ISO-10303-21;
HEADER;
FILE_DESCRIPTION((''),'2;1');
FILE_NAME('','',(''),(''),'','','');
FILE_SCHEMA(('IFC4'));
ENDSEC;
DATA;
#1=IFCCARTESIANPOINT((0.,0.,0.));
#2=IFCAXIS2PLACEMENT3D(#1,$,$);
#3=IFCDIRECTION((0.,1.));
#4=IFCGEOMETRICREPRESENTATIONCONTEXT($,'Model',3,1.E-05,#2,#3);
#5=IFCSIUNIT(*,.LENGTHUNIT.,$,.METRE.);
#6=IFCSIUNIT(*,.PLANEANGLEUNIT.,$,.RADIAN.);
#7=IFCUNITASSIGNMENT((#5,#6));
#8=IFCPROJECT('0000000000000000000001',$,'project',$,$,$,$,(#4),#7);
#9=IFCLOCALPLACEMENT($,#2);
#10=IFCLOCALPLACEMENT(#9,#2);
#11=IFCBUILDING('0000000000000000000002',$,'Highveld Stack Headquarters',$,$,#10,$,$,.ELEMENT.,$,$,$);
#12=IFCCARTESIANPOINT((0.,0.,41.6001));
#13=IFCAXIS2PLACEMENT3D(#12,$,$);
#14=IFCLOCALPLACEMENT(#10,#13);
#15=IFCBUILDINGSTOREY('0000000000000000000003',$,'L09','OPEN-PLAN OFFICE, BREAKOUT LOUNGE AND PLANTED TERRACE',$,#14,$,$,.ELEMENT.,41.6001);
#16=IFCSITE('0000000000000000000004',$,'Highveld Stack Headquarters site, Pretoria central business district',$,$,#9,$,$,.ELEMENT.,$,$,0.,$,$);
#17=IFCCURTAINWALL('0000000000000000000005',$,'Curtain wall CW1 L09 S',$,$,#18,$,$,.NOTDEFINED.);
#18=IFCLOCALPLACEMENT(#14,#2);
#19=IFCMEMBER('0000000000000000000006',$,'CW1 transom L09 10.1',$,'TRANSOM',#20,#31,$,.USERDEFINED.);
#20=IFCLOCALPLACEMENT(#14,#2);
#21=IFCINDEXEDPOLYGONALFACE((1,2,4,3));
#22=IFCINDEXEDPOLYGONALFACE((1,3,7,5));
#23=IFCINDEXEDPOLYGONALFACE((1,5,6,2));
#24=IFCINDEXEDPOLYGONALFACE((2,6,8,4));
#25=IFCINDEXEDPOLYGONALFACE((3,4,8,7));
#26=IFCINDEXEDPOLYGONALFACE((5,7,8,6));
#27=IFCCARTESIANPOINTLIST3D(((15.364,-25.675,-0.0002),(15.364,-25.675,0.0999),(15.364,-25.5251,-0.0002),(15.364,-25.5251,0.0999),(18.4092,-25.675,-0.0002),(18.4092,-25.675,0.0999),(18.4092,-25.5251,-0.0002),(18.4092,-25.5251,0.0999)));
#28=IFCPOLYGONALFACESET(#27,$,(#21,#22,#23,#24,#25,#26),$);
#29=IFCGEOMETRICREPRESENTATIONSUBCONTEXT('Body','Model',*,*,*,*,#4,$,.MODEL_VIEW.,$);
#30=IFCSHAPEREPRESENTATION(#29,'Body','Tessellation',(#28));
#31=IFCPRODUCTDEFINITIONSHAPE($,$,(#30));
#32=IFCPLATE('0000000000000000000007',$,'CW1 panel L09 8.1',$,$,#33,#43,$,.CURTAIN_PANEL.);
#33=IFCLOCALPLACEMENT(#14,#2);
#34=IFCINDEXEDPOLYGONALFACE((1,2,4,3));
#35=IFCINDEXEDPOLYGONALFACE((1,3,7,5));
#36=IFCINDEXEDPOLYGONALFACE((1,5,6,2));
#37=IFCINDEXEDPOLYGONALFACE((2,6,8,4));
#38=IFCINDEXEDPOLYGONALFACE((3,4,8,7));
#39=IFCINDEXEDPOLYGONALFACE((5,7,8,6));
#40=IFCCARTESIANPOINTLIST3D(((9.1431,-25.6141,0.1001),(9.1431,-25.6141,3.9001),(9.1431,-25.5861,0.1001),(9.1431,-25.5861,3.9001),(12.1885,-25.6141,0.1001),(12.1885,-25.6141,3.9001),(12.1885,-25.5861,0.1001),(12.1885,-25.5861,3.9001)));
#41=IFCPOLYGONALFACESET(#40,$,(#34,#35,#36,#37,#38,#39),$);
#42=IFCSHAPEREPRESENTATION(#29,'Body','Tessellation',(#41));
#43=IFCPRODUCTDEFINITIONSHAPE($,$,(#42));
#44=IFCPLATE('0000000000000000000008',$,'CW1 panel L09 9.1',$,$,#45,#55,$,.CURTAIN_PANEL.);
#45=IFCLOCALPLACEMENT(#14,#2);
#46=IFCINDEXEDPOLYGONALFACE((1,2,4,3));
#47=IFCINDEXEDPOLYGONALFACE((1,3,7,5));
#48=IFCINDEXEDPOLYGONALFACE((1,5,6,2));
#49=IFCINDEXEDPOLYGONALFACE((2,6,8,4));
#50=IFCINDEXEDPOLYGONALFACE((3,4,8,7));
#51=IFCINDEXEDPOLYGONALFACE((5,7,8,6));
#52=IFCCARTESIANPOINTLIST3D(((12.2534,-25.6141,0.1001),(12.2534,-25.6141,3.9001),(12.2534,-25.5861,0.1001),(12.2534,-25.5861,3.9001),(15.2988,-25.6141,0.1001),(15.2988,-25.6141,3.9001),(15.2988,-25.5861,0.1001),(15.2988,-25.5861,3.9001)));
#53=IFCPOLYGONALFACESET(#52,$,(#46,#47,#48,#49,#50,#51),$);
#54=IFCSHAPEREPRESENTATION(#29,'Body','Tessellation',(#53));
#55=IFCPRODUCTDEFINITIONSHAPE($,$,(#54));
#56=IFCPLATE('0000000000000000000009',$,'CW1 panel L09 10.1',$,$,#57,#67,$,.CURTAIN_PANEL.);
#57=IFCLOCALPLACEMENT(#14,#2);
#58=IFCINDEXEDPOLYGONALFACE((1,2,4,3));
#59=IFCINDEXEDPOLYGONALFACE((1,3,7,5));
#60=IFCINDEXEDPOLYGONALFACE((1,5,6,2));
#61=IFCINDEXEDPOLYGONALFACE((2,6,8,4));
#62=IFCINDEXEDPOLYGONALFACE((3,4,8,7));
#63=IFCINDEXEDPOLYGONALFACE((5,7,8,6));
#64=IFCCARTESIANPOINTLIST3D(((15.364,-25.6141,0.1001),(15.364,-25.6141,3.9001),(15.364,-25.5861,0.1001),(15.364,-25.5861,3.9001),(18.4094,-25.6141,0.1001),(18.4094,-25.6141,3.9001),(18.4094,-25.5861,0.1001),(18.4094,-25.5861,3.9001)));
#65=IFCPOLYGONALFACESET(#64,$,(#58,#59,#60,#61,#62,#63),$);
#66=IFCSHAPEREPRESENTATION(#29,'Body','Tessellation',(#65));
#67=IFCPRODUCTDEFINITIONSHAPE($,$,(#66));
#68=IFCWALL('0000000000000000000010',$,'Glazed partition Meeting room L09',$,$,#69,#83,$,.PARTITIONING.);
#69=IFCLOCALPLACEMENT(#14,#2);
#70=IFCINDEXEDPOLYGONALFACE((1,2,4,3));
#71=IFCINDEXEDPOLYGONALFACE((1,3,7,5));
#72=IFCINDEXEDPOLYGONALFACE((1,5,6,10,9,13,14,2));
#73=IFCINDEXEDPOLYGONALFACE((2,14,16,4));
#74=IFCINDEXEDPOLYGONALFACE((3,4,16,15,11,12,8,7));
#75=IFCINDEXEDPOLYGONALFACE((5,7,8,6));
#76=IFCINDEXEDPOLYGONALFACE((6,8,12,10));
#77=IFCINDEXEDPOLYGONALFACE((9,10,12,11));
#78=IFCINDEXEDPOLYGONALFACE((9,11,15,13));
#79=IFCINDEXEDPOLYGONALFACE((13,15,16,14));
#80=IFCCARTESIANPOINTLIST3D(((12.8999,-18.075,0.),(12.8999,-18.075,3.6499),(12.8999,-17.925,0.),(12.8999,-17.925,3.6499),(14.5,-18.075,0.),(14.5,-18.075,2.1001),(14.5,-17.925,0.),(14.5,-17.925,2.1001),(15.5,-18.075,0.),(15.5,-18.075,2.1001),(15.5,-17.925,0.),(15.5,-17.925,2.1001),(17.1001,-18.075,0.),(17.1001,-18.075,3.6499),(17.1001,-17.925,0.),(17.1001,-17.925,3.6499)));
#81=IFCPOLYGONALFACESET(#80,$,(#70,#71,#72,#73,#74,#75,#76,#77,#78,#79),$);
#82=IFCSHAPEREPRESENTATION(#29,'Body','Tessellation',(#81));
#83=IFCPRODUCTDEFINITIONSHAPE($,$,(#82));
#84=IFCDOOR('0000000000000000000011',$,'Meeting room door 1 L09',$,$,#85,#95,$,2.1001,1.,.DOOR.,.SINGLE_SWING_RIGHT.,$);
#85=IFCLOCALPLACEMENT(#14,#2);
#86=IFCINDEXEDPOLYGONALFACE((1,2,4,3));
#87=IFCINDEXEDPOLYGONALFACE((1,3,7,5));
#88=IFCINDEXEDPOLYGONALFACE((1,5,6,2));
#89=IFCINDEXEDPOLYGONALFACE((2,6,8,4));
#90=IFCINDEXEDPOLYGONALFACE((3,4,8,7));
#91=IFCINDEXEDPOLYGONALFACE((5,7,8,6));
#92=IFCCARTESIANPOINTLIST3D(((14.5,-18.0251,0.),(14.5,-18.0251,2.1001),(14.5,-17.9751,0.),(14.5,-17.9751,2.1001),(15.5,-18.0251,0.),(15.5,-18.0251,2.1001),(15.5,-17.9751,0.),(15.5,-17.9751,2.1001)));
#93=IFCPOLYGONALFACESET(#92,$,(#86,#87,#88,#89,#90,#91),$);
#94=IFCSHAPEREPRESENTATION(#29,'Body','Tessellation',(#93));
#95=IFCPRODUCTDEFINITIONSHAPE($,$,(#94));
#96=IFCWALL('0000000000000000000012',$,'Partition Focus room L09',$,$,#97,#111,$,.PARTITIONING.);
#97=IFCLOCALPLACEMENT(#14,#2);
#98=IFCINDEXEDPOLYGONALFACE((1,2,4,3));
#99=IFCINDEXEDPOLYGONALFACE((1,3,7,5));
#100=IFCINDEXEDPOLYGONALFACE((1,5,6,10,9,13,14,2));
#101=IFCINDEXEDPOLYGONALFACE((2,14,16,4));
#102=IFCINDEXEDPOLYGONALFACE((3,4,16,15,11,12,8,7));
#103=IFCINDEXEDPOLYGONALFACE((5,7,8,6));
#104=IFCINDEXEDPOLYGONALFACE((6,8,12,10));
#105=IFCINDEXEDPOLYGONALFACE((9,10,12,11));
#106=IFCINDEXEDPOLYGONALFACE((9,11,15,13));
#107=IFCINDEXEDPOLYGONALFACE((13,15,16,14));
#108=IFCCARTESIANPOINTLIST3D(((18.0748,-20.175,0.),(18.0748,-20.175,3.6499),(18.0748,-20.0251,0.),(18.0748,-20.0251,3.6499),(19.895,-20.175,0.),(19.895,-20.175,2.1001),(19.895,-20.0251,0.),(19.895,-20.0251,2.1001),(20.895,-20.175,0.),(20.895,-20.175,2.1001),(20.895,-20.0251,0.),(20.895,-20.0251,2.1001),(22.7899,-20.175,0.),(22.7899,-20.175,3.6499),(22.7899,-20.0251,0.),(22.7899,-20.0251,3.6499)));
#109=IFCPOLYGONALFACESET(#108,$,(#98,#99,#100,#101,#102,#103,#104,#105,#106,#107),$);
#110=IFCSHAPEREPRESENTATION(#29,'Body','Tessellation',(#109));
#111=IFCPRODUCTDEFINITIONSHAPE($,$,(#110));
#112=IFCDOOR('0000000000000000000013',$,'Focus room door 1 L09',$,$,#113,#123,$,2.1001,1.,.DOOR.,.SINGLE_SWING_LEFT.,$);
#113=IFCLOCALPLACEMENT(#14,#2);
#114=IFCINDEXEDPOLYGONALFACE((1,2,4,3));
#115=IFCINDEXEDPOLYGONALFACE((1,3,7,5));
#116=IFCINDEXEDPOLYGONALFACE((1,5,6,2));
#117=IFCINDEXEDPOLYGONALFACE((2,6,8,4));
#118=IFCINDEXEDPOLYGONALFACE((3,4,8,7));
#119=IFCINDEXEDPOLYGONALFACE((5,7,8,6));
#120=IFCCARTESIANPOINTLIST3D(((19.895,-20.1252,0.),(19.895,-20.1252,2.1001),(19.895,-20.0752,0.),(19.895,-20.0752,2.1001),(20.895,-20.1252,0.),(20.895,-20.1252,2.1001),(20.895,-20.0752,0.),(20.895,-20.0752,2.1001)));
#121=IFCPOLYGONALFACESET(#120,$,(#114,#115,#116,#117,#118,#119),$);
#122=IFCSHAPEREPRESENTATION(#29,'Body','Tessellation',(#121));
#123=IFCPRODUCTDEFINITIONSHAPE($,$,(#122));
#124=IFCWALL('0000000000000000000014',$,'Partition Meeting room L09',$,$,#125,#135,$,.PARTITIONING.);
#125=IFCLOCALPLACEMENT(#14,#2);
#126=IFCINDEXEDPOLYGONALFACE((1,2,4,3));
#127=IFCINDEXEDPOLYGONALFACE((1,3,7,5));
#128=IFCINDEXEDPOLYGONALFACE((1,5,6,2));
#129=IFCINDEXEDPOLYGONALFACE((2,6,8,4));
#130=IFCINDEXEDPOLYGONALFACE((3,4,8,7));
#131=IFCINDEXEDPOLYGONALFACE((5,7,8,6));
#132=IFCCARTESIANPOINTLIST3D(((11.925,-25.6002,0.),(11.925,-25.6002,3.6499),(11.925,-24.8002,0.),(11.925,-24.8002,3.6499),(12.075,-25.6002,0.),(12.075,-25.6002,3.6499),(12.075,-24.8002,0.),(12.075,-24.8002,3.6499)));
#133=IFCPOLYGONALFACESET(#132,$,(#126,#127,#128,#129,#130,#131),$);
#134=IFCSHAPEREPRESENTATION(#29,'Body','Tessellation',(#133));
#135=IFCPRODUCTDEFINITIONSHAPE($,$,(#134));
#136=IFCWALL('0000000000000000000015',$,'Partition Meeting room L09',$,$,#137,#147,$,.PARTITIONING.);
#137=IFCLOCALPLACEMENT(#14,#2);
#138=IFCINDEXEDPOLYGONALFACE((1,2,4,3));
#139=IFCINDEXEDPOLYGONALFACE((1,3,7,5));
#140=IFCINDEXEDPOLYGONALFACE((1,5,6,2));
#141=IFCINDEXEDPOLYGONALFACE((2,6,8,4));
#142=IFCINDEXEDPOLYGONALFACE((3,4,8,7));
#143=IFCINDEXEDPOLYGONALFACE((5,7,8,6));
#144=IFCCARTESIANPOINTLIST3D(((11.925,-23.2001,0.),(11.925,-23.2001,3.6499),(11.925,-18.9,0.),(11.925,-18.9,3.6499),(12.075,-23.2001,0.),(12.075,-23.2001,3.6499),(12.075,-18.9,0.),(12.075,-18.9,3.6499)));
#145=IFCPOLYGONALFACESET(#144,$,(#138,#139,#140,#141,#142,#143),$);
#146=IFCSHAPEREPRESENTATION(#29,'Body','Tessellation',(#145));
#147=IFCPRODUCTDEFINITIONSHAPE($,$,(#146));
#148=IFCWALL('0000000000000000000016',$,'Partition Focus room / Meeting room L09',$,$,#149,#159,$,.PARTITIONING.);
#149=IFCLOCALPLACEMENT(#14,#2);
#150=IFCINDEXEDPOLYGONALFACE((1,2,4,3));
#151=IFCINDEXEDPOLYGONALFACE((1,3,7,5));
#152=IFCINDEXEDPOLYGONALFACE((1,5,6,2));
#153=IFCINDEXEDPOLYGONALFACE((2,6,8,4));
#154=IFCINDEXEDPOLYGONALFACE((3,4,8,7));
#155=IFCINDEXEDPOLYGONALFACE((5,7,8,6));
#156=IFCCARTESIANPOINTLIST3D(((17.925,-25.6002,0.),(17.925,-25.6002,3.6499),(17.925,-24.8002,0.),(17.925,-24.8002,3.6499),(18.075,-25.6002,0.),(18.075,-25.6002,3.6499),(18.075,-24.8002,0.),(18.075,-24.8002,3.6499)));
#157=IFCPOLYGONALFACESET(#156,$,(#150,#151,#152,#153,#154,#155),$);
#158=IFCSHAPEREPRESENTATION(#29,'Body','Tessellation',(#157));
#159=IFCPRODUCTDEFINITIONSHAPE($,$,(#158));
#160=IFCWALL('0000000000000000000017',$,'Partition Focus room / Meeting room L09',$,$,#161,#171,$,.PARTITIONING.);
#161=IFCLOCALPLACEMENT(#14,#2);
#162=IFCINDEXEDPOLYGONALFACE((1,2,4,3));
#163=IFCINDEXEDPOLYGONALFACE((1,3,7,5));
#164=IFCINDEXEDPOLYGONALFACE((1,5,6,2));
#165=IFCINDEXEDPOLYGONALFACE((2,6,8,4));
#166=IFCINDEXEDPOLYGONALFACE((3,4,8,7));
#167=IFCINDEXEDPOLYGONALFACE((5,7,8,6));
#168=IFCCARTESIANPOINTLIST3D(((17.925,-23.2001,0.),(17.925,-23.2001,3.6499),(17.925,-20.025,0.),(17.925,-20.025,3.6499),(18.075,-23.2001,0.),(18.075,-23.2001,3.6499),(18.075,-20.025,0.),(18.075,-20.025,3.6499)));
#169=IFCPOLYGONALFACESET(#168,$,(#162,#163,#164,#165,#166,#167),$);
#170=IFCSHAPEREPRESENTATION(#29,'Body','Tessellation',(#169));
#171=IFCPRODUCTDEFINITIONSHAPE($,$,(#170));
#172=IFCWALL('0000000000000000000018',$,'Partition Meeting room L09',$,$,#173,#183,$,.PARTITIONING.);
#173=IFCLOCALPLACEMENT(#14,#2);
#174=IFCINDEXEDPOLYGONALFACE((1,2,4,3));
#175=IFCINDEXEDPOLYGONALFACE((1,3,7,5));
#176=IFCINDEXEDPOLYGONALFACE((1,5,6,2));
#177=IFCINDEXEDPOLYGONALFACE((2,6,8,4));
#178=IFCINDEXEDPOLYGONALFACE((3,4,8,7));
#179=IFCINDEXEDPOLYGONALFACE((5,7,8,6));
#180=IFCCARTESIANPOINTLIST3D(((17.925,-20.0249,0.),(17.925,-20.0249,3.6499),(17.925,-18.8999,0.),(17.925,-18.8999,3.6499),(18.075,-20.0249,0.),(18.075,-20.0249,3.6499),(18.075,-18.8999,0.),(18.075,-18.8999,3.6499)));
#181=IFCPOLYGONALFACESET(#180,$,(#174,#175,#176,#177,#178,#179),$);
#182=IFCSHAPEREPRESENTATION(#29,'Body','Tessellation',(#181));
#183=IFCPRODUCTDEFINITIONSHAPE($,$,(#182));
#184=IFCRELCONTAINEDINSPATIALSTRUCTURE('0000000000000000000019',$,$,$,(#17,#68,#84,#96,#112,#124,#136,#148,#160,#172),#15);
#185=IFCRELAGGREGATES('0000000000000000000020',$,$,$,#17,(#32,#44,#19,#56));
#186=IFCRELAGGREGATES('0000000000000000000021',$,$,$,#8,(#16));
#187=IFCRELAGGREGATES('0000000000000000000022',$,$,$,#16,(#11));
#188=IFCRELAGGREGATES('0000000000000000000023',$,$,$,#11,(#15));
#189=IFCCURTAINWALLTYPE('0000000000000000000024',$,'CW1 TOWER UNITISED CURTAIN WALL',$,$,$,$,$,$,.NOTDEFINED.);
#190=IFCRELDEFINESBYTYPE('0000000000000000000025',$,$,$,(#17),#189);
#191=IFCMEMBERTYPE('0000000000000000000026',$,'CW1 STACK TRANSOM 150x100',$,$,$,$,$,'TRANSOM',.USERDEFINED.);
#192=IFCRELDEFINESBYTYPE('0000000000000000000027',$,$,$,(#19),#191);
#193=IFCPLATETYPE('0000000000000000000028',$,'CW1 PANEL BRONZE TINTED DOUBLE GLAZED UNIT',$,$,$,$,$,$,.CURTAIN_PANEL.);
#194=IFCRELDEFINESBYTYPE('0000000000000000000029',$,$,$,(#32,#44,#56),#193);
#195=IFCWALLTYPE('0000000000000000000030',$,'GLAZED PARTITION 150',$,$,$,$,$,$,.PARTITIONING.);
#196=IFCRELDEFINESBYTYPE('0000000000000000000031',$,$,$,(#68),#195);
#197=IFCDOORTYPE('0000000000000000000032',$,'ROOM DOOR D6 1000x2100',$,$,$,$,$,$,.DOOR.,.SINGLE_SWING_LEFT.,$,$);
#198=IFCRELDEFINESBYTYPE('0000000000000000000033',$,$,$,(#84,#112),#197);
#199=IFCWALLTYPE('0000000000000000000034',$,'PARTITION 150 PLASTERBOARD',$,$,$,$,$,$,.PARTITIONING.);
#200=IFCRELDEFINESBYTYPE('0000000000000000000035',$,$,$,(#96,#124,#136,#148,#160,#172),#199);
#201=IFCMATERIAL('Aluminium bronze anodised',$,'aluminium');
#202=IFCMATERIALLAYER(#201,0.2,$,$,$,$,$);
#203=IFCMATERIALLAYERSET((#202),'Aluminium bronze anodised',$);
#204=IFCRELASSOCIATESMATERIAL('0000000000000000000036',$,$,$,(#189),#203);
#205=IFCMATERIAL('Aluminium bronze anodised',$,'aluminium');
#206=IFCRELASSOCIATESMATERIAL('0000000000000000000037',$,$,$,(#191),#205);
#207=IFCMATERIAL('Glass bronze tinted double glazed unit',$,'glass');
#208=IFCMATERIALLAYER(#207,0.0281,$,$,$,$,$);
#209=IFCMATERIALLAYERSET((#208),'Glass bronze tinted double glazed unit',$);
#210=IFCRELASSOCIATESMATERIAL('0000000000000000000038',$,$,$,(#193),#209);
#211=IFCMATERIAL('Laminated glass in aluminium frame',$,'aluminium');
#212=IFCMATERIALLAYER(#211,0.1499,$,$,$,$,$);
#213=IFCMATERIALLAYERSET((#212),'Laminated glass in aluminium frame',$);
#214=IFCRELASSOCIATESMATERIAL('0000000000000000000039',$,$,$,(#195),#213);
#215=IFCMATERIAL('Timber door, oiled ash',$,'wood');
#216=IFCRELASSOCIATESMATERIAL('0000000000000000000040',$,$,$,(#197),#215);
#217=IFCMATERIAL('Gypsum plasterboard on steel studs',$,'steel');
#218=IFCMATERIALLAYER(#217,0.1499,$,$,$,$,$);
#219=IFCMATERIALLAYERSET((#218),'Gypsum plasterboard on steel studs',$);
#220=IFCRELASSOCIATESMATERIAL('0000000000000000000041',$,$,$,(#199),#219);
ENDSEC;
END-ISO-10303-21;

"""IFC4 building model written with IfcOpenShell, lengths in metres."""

from ifc_helpers import new_model, si_unit, direction, frame, frame_2d, origin, origin_2d, place, context, subcontext, project, spatial, rectangle, extrude, material, layer, layer_set, material_profile, profile_set, type_object, element, fill, aggregate, save


model = new_model("IFC4")

# Units and contexts
model_context = context("Model", 3, precision=1e-05, world=origin(), true_north=direction((0.0, 1.0)))
body_context = subcontext(model_context, "Body", "Model", "MODEL_VIEW")
ifc_project = project(units=[si_unit("LENGTHUNIT", "METRE"), si_unit("PLANEANGLEUNIT", "RADIAN")], contexts=[model_context])

# Site, building, storey
site_placement = place(None, origin())
site = spatial("IfcSite", under=ifc_project, at=site_placement, Name="Highveld Stack Headquarters site, Pretoria central business district", CompositionType="ELEMENT", RefElevation=0.0)
building_placement = place(site_placement, origin())
building = spatial("IfcBuilding", under=site, at=building_placement, Name="Highveld Stack Headquarters", CompositionType="ELEMENT")
storey_placement = place(building_placement, frame((0.0, 0.0, 41.6001)))
storey = spatial("IfcBuildingStorey", under=building, at=storey_placement, Name="L09", Description="OPEN-PLAN OFFICE, BREAKOUT LOUNGE AND PLANTED TERRACE", CompositionType="ELEMENT", Elevation=41.6001)

# Curtain wall, member, plates
ifc_material_1 = material(Name="Aluminium bronze anodised", Category="aluminium")
ifc_layer_1 = layer(ifc_material_1, 0.2)
ifc_layer_set_1 = layer_set([ifc_layer_1], Name="Aluminium bronze anodised")
curtain_wall_type = type_object("IfcCurtainWallType", Name="CW1 TOWER UNITISED CURTAIN WALL", PredefinedType="NOTDEFINED", material=ifc_layer_set_1)
curtain_wall_placement = place(storey_placement, origin())
curtain_wall = element("IfcCurtainWall", 1, at=curtain_wall_placement, inside=storey, type_object=curtain_wall_type, Name="Curtain wall CW1 L09 S", PredefinedType="NOTDEFINED")
ifc_material_2 = material(Name="Aluminium bronze anodised", Category="aluminium")
ifc_material_profile_1 = material_profile(ifc_material_2, rectangle(XDim=0.1499, YDim=0.1001, at=origin_2d()), Name="CW1 TRANSOM 150x100")
ifc_profile_set_1 = profile_set([ifc_material_profile_1], Name="Aluminium bronze anodised")
member_type_1 = type_object("IfcMemberType", Name="CW1 STACK TRANSOM 150x100", ElementType="TRANSOM", PredefinedType="USERDEFINED", material=ifc_profile_set_1)
member_1_placement = place(storey_placement, frame((15.364, -25.6001, 0.0498), z_axis=(1.0, 0.0, 0.0), x_axis=(0.0, 1.0, 0.0)))
member_1 = element("IfcMember", 2, at=member_1_placement, type_object=member_type_1, Name="CW1 transom L09 10.1", ObjectType="TRANSOM", PredefinedType="USERDEFINED", context=body_context, shape_type="SweptSolid", body=[
    extrude(rectangle(XDim=0.1499, YDim=0.1001, at=origin_2d()), origin(), (0.0, 0.0, 1.0), 3.0452),
])
ifc_material_3 = material(Name="Glass bronze tinted double glazed unit", Category="glass")
ifc_layer_2 = layer(ifc_material_3, 0.0281)
ifc_layer_set_2 = layer_set([ifc_layer_2], Name="Glass bronze tinted double glazed unit")
plate_type = type_object("IfcPlateType", Name="CW1 PANEL BRONZE TINTED DOUBLE GLAZED UNIT", PredefinedType="CURTAIN_PANEL", material=ifc_layer_set_2)
plate_1_placement = place(storey_placement, frame((10.6658, -25.6001, 0.1001), z_axis=(0.0, 0.0, 1.0), x_axis=(1.0, 0.0, 0.0)))
plate_1 = element("IfcPlate", 3, at=plate_1_placement, type_object=plate_type, Name="CW1 panel L09 8.1", PredefinedType="CURTAIN_PANEL", context=body_context, shape_type="SweptSolid", body=[
    extrude(rectangle(XDim=3.0454, YDim=0.0281, at=origin_2d()), origin(), (0.0, 0.0, 1.0), 3.8),
])
plate_2_placement = place(storey_placement, frame((13.7761, -25.6001, 0.1001), z_axis=(0.0, 0.0, 1.0), x_axis=(1.0, 0.0, 0.0)))
plate_2 = element("IfcPlate", 4, at=plate_2_placement, type_object=plate_type, Name="CW1 panel L09 9.1", PredefinedType="CURTAIN_PANEL", context=body_context, shape_type="SweptSolid", body=[
    extrude(rectangle(XDim=3.0454, YDim=0.0281, at=origin_2d()), origin(), (0.0, 0.0, 1.0), 3.8),
])
plate_3_placement = place(storey_placement, frame((16.8867, -25.6001, 0.1001), z_axis=(0.0, 0.0, 1.0), x_axis=(1.0, 0.0, 0.0)))
plate_3 = element("IfcPlate", 5, at=plate_3_placement, type_object=plate_type, Name="CW1 panel L09 10.1", PredefinedType="CURTAIN_PANEL", context=body_context, shape_type="SweptSolid", body=[
    extrude(rectangle(XDim=3.0454, YDim=0.0281, at=origin_2d()), origin(), (0.0, 0.0, 1.0), 3.8),
])
aggregate(curtain_wall, [plate_1, plate_2, member_1, plate_3])

# Walls, openings, doors
ifc_material_4 = material(Name="Laminated glass in aluminium frame", Category="aluminium")
ifc_layer_3 = layer(ifc_material_4, 0.1499)
ifc_layer_set_3 = layer_set([ifc_layer_3], Name="Laminated glass in aluminium frame")
wall_type_1 = type_object("IfcWallType", Name="GLAZED PARTITION 150", PredefinedType="PARTITIONING", material=ifc_layer_set_3)
wall_1_placement = place(storey_placement, frame((12.8999, -18.0, 0.0), z_axis=(0.0, 0.0, 1.0), x_axis=(1.0, 0.0, 0.0)))
wall_1 = element("IfcWall", 6, at=wall_1_placement, inside=storey, type_object=wall_type_1, Name="Glazed partition Meeting room L09", PredefinedType="PARTITIONING", context=body_context, shape_type="SweptSolid", body=[
    extrude(rectangle(XDim=4.2002, YDim=0.1499, at=frame_2d((2.1001, 0.0))), origin(), (0.0, 0.0, 1.0), 3.6499),
])
opening_1_placement = place(wall_1_placement, frame((1.6001, 0.0, 0.0)))
opening_1 = element("IfcOpeningElement", 7, at=opening_1_placement, cuts=wall_1, PredefinedType="OPENING", context=body_context, shape_type="SweptSolid", body=[
    extrude(rectangle(XDim=1.0, YDim=2.1001, at=frame_2d((0.5, 1.05))), frame((0.0, 0.085, 0.0), z_axis=(0.0, -1.0, 0.0), x_axis=(1.0, 0.0, 0.0)), (0.0, 0.0, 1.0), 0.1699),
])
ifc_material_5 = material(Name="Timber door, oiled ash", Category="wood")
door_type = type_object("IfcDoorType", Name="ROOM DOOR D6 1000x2100", OperationType="SINGLE_SWING_LEFT", PredefinedType="DOOR", material=ifc_material_5)
door_1_placement = place(opening_1_placement, origin())
door_1 = element("IfcDoor", 8, at=door_1_placement, inside=storey, type_object=door_type, Name="Meeting room door 1 L09", OperationType="SINGLE_SWING_RIGHT", OverallHeight=2.1001, OverallWidth=1.0, PredefinedType="DOOR", context=body_context, shape_type="SweptSolid", body=[
    extrude(rectangle(XDim=1.0, YDim=2.1001, at=frame_2d((0.5, 1.05))), frame((0.0, 0.0249, 0.0), z_axis=(0.0, -1.0, 0.0), x_axis=(1.0, 0.0, 0.0)), (0.0, 0.0, 1.0), 0.05),
])
fill(opening_1, door_1)
ifc_material_6 = material(Name="Gypsum plasterboard on steel studs", Category="steel")
ifc_layer_4 = layer(ifc_material_6, 0.1499)
ifc_layer_set_4 = layer_set([ifc_layer_4], Name="Gypsum plasterboard on steel studs")
wall_type_2 = type_object("IfcWallType", Name="PARTITION 150 PLASTERBOARD", PredefinedType="PARTITIONING", material=ifc_layer_set_4)
wall_2_placement = place(storey_placement, frame((18.075, -20.1001, 0.0), z_axis=(0.0, 0.0, 1.0), x_axis=(1.0, 0.0, 0.0)))
wall_2 = element("IfcWall", 9, at=wall_2_placement, inside=storey, type_object=wall_type_2, Name="Partition Focus room L09", PredefinedType="PARTITIONING", context=body_context, shape_type="SweptSolid", body=[
    extrude(rectangle(XDim=4.7151, YDim=0.1499, at=frame_2d((2.3574, 0.0))), origin(), (0.0, 0.0, 1.0), 3.6499),
])
opening_2_placement = place(wall_2_placement, frame((1.8201, 0.0, 0.0)))
opening_2 = element("IfcOpeningElement", 10, at=opening_2_placement, cuts=wall_2, PredefinedType="OPENING", context=body_context, shape_type="SweptSolid", body=[
    extrude(rectangle(XDim=1.0, YDim=2.1001, at=frame_2d((0.5, 1.05))), frame((0.0, 0.085, 0.0), z_axis=(0.0, -1.0, 0.0), x_axis=(1.0, 0.0, 0.0)), (0.0, 0.0, 1.0), 0.1699),
])
door_2_placement = place(opening_2_placement, origin())
door_2 = element("IfcDoor", 11, at=door_2_placement, inside=storey, type_object=door_type, Name="Focus room door 1 L09", OperationType="SINGLE_SWING_LEFT", OverallHeight=2.1001, OverallWidth=1.0, PredefinedType="DOOR", context=body_context, shape_type="SweptSolid", body=[
    extrude(rectangle(XDim=1.0, YDim=2.1001, at=frame_2d((0.5, 1.05))), frame((0.0, 0.0249, 0.0), z_axis=(0.0, -1.0, 0.0), x_axis=(1.0, 0.0, 0.0)), (0.0, 0.0, 1.0), 0.05),
])
fill(opening_2, door_2)

# Walls
wall_3_placement = place(storey_placement, frame((12.0, -25.6001, 0.0), z_axis=(0.0, 0.0, 1.0), x_axis=(0.0, 1.0, 0.0)))
element("IfcWall", 12, at=wall_3_placement, inside=storey, type_object=wall_type_2, Name="Partition Meeting room L09", PredefinedType="PARTITIONING", context=body_context, shape_type="SweptSolid", body=[
    extrude(rectangle(XDim=0.8, YDim=0.1499, at=frame_2d((0.3999, 0.0))), origin(), (0.0, 0.0, 1.0), 3.6499),
])
wall_4_placement = place(storey_placement, frame((12.0, -23.2, 0.0), z_axis=(0.0, 0.0, 1.0), x_axis=(0.0, 1.0, 0.0)))
element("IfcWall", 13, at=wall_4_placement, inside=storey, type_object=wall_type_2, Name="Partition Meeting room L09", PredefinedType="PARTITIONING", context=body_context, shape_type="SweptSolid", body=[
    extrude(rectangle(XDim=4.3, YDim=0.1499, at=frame_2d((2.1499, 0.0))), origin(), (0.0, 0.0, 1.0), 3.6499),
])
wall_5_placement = place(storey_placement, frame((18.0, -25.6001, 0.0), z_axis=(0.0, 0.0, 1.0), x_axis=(0.0, 1.0, 0.0)))
element("IfcWall", 14, at=wall_5_placement, inside=storey, type_object=wall_type_2, Name="Partition Focus room / Meeting room L09", PredefinedType="PARTITIONING", context=body_context, shape_type="SweptSolid", body=[
    extrude(rectangle(XDim=0.8, YDim=0.1499, at=frame_2d((0.3999, 0.0))), origin(), (0.0, 0.0, 1.0), 3.6499),
])
wall_6_placement = place(storey_placement, frame((18.0, -23.2, 0.0), z_axis=(0.0, 0.0, 1.0), x_axis=(0.0, 1.0, 0.0)))
element("IfcWall", 15, at=wall_6_placement, inside=storey, type_object=wall_type_2, Name="Partition Focus room / Meeting room L09", PredefinedType="PARTITIONING", context=body_context, shape_type="SweptSolid", body=[
    extrude(rectangle(XDim=3.175, YDim=0.1499, at=frame_2d((1.5874, 0.0))), origin(), (0.0, 0.0, 1.0), 3.6499),
])
for number, where, z_axis, x_axis, name in (
    (16, (18.0, -20.0249, 0.0), (0.0, 0.0, 1.0), (0.0, 1.0, 0.0), "Partition Meeting room L09"),
):
    element("IfcWall", number, at=place(storey_placement, frame(where, z_axis=z_axis, x_axis=x_axis)), inside=storey, type_object=wall_type_2, Name=name, PredefinedType="PARTITIONING", context=body_context, shape_type="SweptSolid", body=[
        extrude(rectangle(XDim=1.125, YDim=0.1499, at=frame_2d((0.5625, 0.0))), origin(), (0.0, 0.0, 1.0), 3.6499),
    ])

save(model, "model.ifc")
